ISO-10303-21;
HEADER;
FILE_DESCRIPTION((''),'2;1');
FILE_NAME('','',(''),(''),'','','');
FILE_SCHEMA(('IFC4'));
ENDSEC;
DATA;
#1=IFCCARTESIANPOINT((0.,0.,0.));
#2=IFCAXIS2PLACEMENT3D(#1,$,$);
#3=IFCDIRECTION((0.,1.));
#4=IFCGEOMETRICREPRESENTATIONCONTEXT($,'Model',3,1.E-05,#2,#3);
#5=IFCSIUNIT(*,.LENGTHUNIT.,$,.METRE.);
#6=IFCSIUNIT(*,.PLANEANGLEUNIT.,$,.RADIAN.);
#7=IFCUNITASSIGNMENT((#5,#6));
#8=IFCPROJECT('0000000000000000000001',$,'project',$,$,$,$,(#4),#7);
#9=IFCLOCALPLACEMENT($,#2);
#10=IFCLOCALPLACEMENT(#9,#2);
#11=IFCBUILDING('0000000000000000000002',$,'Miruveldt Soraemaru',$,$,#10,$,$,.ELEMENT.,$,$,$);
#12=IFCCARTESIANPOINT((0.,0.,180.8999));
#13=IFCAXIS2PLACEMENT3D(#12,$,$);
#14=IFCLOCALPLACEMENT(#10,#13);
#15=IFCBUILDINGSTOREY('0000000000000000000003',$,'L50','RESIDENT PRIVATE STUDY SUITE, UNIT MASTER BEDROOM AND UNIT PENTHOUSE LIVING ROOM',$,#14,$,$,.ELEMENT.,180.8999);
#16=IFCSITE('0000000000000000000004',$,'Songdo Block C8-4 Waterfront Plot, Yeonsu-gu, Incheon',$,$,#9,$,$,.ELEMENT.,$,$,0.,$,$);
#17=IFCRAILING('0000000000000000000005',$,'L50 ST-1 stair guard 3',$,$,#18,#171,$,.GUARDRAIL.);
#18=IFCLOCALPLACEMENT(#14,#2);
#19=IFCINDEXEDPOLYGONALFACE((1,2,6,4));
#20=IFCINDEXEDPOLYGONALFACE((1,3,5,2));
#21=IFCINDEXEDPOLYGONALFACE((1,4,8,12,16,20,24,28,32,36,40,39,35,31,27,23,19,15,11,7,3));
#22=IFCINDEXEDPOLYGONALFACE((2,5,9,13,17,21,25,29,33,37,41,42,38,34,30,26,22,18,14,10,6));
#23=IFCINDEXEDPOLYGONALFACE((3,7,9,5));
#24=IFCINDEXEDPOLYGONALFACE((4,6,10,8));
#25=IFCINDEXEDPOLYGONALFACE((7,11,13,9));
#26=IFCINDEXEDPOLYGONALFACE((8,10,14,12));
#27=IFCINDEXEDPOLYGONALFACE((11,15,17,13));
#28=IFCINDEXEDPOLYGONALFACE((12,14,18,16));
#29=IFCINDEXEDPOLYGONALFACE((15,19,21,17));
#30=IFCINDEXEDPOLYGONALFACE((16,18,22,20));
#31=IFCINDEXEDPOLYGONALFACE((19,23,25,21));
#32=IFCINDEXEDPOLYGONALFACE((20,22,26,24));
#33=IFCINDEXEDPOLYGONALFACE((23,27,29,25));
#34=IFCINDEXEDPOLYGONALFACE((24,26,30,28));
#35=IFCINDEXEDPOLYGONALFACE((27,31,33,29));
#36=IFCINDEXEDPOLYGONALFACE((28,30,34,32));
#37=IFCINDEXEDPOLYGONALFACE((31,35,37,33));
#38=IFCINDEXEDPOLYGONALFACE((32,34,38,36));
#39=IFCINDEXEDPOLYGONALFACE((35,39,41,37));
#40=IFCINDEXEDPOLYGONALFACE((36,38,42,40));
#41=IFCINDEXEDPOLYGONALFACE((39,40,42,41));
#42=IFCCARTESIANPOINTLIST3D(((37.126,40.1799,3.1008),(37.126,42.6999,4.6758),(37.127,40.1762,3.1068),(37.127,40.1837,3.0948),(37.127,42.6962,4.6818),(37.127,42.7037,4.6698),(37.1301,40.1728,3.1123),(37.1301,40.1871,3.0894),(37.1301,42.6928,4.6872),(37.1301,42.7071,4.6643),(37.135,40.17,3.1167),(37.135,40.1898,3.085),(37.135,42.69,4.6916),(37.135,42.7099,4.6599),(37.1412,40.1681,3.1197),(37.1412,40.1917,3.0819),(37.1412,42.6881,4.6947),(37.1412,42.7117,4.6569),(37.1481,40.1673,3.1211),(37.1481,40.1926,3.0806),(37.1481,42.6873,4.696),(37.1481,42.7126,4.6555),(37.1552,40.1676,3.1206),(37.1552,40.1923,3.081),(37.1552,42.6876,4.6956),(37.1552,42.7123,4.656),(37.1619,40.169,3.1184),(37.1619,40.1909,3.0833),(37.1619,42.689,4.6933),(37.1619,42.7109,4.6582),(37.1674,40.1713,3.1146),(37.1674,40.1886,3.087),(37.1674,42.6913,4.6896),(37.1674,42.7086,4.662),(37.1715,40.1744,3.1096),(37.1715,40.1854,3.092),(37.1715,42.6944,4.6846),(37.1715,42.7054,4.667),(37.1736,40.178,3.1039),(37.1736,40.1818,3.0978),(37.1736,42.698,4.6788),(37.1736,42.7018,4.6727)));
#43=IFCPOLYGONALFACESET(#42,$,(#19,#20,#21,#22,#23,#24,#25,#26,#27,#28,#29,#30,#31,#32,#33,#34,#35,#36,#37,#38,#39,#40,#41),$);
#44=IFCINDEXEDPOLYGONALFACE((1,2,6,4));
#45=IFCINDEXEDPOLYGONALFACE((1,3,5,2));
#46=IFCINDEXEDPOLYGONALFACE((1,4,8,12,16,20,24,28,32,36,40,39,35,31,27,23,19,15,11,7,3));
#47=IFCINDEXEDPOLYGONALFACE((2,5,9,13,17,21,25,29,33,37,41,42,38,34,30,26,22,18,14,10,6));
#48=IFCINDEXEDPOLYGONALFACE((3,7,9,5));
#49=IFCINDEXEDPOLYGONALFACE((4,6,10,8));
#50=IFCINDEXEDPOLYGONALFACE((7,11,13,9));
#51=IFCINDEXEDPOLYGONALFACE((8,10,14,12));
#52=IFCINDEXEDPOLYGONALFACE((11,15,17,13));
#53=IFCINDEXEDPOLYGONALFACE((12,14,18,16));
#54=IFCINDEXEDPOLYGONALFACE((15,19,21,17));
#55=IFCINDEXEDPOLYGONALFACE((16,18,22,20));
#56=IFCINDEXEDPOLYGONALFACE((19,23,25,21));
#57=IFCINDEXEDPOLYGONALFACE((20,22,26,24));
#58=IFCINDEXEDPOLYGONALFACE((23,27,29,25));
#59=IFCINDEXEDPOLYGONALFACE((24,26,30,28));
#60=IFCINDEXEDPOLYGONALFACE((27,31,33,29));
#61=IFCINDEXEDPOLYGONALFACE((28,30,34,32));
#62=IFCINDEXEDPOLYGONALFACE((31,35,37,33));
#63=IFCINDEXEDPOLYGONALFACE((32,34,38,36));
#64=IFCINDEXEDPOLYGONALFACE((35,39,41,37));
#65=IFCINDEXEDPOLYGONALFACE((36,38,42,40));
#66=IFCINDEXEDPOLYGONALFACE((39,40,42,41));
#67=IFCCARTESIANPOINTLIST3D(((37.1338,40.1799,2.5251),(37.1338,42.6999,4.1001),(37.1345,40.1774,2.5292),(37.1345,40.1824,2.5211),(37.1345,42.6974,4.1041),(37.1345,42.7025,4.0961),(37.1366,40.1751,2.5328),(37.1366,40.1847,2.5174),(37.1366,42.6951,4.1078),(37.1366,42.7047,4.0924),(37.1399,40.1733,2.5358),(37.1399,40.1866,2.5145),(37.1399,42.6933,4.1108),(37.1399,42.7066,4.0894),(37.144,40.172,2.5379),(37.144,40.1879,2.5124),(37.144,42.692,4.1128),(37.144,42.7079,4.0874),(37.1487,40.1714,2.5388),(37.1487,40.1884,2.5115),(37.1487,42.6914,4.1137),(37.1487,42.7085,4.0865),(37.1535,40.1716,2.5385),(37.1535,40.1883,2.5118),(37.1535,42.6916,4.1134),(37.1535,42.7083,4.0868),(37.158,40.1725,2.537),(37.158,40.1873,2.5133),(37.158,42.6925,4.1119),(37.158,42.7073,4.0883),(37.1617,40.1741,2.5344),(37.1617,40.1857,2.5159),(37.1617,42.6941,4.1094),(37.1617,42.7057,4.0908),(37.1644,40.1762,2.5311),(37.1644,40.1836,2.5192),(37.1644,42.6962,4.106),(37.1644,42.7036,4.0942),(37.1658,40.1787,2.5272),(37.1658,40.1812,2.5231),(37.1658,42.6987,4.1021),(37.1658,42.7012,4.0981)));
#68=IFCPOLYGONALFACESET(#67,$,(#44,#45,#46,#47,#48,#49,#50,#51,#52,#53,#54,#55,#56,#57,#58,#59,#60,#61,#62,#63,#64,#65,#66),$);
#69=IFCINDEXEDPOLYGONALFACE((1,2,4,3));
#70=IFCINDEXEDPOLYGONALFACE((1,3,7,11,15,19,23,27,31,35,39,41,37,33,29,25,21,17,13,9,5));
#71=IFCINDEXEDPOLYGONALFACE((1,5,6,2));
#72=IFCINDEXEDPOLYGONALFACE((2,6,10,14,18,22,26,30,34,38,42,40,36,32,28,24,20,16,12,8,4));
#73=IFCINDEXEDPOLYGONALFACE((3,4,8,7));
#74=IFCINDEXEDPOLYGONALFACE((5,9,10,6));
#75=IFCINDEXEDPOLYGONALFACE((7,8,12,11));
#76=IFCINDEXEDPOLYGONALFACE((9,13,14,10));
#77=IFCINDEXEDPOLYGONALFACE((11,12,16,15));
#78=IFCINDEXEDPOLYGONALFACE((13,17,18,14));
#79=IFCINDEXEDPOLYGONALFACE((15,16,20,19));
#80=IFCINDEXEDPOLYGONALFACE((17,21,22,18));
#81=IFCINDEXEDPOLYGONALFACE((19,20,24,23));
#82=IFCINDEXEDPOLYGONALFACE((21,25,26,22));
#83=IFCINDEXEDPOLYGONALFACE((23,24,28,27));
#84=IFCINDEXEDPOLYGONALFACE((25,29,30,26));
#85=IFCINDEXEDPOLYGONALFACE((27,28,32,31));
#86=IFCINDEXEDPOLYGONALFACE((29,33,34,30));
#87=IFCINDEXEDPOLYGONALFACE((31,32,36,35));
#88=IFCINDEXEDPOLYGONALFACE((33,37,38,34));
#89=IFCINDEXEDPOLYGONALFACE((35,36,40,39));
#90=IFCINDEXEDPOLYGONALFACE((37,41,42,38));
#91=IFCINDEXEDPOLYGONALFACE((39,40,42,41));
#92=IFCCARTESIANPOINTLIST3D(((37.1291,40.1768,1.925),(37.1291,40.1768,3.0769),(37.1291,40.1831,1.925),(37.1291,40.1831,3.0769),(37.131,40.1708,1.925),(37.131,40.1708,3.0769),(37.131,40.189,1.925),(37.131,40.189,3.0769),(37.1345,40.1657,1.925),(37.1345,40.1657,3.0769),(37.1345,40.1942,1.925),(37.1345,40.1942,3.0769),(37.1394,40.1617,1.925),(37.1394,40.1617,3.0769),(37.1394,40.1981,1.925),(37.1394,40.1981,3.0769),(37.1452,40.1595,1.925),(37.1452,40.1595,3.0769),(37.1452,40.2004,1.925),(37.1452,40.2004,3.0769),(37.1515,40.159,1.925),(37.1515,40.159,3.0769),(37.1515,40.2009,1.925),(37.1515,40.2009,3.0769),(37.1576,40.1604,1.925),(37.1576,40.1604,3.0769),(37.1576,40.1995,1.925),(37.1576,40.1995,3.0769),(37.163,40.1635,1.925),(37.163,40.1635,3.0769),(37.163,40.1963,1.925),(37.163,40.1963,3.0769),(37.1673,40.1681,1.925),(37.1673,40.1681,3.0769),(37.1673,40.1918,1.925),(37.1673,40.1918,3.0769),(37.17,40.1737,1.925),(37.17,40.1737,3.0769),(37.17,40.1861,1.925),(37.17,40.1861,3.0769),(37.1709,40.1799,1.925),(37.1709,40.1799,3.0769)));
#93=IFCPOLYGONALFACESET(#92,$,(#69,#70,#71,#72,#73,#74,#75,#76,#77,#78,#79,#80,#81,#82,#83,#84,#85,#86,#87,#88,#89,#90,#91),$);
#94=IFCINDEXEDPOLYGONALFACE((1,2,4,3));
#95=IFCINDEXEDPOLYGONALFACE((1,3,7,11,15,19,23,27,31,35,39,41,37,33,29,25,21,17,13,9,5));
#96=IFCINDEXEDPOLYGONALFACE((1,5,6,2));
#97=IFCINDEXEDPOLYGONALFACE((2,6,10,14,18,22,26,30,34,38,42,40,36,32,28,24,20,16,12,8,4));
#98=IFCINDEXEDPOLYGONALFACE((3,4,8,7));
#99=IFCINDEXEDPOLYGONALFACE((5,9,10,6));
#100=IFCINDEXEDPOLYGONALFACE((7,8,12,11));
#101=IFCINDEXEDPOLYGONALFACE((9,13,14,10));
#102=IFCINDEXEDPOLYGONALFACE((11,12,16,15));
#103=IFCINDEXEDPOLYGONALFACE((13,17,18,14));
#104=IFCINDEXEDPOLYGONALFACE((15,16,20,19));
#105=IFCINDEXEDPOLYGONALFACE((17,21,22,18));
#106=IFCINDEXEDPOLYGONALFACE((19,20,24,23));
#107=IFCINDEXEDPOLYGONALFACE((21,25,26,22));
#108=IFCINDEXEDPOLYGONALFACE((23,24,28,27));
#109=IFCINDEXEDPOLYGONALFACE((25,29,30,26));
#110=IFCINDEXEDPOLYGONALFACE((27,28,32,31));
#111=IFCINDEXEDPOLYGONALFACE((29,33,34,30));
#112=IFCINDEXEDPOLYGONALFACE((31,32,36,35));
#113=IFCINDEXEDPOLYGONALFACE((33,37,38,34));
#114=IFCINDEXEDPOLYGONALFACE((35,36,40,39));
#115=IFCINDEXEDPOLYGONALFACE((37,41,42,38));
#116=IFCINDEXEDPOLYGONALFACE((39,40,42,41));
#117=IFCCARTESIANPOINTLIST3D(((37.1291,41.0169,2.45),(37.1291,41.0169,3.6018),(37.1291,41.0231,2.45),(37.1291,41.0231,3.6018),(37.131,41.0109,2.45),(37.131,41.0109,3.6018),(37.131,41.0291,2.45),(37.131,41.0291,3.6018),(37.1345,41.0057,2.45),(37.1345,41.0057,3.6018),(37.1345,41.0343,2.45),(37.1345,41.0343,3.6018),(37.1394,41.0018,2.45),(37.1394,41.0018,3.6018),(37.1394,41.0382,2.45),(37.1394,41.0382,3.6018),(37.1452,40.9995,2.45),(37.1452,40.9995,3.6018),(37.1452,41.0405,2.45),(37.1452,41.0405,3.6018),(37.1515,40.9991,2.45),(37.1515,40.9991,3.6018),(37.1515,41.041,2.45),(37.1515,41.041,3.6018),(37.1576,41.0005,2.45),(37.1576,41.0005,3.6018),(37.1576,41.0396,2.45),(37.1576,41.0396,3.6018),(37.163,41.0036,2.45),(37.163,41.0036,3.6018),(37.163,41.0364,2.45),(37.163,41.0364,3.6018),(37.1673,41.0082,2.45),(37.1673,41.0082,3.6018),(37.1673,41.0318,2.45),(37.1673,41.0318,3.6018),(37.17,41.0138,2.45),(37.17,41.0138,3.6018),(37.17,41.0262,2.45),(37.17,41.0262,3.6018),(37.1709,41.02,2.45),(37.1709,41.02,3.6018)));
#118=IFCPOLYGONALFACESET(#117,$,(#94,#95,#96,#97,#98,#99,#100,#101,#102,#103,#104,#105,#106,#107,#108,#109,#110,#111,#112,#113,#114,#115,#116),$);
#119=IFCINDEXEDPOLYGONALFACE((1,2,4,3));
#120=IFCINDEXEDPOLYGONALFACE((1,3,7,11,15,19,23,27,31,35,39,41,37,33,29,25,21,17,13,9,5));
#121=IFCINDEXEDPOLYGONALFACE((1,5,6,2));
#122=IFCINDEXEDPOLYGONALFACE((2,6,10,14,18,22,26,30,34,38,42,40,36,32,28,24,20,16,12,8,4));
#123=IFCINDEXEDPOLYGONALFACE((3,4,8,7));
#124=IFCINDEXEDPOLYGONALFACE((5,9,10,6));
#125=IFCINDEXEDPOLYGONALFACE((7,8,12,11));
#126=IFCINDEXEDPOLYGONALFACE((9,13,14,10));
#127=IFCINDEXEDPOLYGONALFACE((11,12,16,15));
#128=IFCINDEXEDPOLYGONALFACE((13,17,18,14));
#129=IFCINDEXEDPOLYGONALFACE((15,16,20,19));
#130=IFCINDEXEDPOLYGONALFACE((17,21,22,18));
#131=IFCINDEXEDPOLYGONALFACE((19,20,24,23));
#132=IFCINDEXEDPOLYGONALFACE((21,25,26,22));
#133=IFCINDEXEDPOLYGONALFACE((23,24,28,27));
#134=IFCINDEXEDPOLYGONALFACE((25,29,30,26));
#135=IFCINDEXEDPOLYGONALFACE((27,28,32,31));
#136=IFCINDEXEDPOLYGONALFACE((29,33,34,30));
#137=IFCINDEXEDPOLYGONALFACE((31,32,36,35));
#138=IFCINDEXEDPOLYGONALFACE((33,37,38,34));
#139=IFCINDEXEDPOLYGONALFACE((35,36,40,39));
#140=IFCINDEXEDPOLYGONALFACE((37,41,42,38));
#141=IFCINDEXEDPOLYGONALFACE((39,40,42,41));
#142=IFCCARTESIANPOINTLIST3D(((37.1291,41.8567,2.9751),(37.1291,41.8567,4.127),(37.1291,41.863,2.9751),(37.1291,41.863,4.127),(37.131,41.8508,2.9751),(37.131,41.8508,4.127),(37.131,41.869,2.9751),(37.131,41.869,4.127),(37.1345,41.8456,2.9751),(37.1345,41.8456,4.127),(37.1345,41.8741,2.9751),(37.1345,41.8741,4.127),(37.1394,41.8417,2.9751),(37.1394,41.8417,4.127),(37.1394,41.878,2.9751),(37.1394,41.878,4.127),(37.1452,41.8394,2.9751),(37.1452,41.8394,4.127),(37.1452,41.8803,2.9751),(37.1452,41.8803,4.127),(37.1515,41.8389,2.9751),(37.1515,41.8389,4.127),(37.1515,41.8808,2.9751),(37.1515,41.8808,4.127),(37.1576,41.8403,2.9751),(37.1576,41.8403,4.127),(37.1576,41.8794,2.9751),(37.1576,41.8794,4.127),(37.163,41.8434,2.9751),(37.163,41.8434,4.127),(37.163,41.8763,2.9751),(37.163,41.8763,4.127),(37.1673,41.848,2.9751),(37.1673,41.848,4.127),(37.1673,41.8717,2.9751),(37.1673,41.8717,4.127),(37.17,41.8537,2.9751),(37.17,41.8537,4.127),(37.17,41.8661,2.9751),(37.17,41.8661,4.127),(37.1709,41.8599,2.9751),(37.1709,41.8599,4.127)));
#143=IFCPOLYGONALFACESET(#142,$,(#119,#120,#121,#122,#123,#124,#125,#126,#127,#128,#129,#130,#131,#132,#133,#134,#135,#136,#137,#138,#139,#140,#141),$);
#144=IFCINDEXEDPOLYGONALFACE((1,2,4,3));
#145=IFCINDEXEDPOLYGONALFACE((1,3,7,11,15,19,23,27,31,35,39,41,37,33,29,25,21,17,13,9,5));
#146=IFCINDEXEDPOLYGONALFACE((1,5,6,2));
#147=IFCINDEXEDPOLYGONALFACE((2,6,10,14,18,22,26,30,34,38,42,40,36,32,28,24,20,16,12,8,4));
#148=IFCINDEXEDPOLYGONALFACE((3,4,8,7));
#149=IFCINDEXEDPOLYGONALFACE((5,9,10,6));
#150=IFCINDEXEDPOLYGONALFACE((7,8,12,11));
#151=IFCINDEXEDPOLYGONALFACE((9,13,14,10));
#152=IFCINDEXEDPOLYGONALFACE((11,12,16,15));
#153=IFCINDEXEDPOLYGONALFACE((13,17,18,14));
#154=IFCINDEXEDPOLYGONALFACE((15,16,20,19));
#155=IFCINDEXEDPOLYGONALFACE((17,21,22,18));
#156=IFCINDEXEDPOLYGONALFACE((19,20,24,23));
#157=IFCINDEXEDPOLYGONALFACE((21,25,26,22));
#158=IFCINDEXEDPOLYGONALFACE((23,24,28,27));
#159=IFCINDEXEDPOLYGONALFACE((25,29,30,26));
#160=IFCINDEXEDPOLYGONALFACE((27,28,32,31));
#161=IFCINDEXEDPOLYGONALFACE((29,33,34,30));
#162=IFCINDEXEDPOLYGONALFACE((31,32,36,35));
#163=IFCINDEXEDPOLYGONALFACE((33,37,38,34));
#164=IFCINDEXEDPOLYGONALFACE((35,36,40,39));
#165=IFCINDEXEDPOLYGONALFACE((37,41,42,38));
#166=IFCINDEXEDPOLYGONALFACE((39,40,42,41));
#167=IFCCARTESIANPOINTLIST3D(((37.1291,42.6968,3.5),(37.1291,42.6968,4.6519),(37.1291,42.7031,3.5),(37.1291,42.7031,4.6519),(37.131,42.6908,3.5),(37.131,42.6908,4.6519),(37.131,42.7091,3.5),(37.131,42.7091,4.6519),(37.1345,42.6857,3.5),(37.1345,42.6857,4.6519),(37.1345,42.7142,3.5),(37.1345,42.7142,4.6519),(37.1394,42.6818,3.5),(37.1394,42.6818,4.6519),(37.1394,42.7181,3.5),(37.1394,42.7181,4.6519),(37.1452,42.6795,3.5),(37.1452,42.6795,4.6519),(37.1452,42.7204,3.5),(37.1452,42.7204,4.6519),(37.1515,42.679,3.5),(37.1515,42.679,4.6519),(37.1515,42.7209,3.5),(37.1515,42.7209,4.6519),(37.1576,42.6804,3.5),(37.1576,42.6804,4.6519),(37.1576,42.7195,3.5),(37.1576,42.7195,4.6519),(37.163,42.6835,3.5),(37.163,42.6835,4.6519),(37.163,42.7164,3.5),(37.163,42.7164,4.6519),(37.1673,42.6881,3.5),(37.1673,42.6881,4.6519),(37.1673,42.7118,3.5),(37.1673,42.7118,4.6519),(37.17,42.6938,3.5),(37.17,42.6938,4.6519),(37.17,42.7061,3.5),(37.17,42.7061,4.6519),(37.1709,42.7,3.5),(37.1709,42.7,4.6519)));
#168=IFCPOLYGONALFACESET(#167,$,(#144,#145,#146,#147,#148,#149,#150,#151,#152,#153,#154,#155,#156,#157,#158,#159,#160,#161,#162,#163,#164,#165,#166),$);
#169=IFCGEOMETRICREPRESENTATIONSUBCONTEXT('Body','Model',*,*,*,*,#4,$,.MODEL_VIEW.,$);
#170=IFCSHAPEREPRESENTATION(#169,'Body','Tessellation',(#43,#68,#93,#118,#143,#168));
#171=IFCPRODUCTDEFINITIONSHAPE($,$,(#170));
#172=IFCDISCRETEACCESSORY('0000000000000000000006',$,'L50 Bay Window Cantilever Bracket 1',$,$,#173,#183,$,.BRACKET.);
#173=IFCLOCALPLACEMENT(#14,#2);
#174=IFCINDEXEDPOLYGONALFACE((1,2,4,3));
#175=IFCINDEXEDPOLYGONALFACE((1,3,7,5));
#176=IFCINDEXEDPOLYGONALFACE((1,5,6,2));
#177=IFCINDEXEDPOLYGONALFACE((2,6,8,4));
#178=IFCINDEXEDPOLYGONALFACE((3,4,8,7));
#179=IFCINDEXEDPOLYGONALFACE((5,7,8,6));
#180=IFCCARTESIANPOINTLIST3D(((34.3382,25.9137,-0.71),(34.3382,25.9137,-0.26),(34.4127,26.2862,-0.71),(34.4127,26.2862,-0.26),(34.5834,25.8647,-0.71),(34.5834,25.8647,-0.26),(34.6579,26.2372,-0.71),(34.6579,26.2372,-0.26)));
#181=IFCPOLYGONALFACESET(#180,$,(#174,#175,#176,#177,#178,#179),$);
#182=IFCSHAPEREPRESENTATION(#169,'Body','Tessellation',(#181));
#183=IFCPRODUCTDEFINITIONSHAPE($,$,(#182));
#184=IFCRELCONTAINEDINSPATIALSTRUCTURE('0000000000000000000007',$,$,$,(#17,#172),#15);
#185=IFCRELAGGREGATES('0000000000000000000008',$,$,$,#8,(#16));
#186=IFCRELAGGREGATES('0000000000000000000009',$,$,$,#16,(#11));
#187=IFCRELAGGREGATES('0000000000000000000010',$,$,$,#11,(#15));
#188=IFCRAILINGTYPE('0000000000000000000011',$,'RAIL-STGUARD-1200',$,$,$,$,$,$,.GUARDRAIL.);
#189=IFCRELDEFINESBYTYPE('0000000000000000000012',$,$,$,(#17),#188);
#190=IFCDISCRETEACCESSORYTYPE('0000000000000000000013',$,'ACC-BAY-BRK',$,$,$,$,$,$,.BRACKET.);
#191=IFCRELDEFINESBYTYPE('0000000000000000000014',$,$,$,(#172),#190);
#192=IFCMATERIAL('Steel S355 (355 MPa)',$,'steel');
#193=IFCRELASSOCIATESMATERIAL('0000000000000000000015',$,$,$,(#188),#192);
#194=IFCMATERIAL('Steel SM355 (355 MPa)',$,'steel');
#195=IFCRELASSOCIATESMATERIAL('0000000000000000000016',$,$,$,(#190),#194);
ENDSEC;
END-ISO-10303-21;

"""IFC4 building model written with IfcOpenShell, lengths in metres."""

from ifc_helpers import new_model, si_unit, direction, frame, origin, origin_2d, place, context, subcontext, project, spatial, rectangle, circle, extrude, material, type_object, element, save


model = new_model("IFC4")

# Units and contexts
model_context = context("Model", 3, precision=1e-05, world=origin(), true_north=direction((0.0, 1.0)))
body_context = subcontext(model_context, "Body", "Model", "MODEL_VIEW")
ifc_project = project(units=[si_unit("LENGTHUNIT", "METRE"), si_unit("PLANEANGLEUNIT", "RADIAN")], contexts=[model_context])

# Site, building, storey
site_placement = place(None, origin())
site = spatial("IfcSite", under=ifc_project, at=site_placement, Name="Songdo Block C8-4 Waterfront Plot, Yeonsu-gu, Incheon", CompositionType="ELEMENT", RefElevation=0.0)
building_placement = place(site_placement, origin())
building = spatial("IfcBuilding", under=site, at=building_placement, Name="Miruveldt Soraemaru", CompositionType="ELEMENT")
storey_placement = place(building_placement, frame((0.0, 0.0, 180.8999)))
storey = spatial("IfcBuildingStorey", under=building, at=storey_placement, Name="L50", Description="RESIDENT PRIVATE STUDY SUITE, UNIT MASTER BEDROOM AND UNIT PENTHOUSE LIVING ROOM", CompositionType="ELEMENT", Elevation=180.8999)

# Shared definitions
ifc_material_1 = material(Name="Steel SM355 (355 MPa)", Category="steel")

# Railing
ifc_material_2 = material(Name="Steel S355 (355 MPa)", Category="steel")
railing_type_1 = type_object("IfcRailingType", Name="RAIL-STGUARD-1200", PredefinedType="GUARDRAIL", material=ifc_material_2)
railing_1_placement = place(storey_placement, frame((37.1499, 40.1799, 1.925)))
element("IfcRailing", 1, at=railing_1_placement, inside=storey, type_object=railing_type_1, Name="L50 ST-1 stair guard 3", PredefinedType="GUARDRAIL", context=body_context, shape_type="SweptSolid", body=[
    extrude(circle(Radius=0.0239, at=origin_2d()), frame((0.0, 0.0, 1.1758), z_axis=(0.0, 0.848008, 0.529984), x_axis=(-1.0, 0.0, 0.0)), (0.0, 0.0, 1.0), 2.9717),
    extrude(circle(Radius=0.0161, at=origin_2d()), frame((0.0, 0.0, 0.6001), z_axis=(0.0, 0.848008, 0.529984), x_axis=(-1.0, 0.0, 0.0)), (0.0, 0.0, 1.0), 2.9717),
    extrude(circle(Radius=0.021, at=origin_2d()), origin(), (0.0, 0.0, 1.0), 1.1519),
    extrude(circle(Radius=0.021, at=origin_2d()), frame((0.0, 0.8401, 0.5249)), (0.0, 0.0, 1.0), 1.1519),
    extrude(circle(Radius=0.021, at=origin_2d()), frame((0.0, 1.6799, 1.05)), (0.0, 0.0, 1.0), 1.1519),
    extrude(circle(Radius=0.021, at=origin_2d()), frame((0.0, 2.52, 1.575)), (0.0, 0.0, 1.0), 1.1519),
])

# Discrete accessory
discrete_accessory_type = type_object("IfcDiscreteAccessoryType", Name="ACC-BAY-BRK", PredefinedType="BRACKET", material=ifc_material_1)
discrete_accessory_placement = place(storey_placement, frame((34.498, 26.0754, -0.71), z_axis=(0.0, 0.0, 1.0), x_axis=(-0.1961, -0.980584, 0.0)))
element("IfcDiscreteAccessory", 2, at=discrete_accessory_placement, inside=storey, type_object=discrete_accessory_type, Name="L50 Bay Window Cantilever Bracket 1", PredefinedType="BRACKET", context=body_context, shape_type="SweptSolid", body=[
    extrude(rectangle(XDim=0.3799, YDim=0.25, at=origin_2d()), origin(), (0.0, 0.0, 1.0), 0.45),
])

save(model, "model.ifc")
